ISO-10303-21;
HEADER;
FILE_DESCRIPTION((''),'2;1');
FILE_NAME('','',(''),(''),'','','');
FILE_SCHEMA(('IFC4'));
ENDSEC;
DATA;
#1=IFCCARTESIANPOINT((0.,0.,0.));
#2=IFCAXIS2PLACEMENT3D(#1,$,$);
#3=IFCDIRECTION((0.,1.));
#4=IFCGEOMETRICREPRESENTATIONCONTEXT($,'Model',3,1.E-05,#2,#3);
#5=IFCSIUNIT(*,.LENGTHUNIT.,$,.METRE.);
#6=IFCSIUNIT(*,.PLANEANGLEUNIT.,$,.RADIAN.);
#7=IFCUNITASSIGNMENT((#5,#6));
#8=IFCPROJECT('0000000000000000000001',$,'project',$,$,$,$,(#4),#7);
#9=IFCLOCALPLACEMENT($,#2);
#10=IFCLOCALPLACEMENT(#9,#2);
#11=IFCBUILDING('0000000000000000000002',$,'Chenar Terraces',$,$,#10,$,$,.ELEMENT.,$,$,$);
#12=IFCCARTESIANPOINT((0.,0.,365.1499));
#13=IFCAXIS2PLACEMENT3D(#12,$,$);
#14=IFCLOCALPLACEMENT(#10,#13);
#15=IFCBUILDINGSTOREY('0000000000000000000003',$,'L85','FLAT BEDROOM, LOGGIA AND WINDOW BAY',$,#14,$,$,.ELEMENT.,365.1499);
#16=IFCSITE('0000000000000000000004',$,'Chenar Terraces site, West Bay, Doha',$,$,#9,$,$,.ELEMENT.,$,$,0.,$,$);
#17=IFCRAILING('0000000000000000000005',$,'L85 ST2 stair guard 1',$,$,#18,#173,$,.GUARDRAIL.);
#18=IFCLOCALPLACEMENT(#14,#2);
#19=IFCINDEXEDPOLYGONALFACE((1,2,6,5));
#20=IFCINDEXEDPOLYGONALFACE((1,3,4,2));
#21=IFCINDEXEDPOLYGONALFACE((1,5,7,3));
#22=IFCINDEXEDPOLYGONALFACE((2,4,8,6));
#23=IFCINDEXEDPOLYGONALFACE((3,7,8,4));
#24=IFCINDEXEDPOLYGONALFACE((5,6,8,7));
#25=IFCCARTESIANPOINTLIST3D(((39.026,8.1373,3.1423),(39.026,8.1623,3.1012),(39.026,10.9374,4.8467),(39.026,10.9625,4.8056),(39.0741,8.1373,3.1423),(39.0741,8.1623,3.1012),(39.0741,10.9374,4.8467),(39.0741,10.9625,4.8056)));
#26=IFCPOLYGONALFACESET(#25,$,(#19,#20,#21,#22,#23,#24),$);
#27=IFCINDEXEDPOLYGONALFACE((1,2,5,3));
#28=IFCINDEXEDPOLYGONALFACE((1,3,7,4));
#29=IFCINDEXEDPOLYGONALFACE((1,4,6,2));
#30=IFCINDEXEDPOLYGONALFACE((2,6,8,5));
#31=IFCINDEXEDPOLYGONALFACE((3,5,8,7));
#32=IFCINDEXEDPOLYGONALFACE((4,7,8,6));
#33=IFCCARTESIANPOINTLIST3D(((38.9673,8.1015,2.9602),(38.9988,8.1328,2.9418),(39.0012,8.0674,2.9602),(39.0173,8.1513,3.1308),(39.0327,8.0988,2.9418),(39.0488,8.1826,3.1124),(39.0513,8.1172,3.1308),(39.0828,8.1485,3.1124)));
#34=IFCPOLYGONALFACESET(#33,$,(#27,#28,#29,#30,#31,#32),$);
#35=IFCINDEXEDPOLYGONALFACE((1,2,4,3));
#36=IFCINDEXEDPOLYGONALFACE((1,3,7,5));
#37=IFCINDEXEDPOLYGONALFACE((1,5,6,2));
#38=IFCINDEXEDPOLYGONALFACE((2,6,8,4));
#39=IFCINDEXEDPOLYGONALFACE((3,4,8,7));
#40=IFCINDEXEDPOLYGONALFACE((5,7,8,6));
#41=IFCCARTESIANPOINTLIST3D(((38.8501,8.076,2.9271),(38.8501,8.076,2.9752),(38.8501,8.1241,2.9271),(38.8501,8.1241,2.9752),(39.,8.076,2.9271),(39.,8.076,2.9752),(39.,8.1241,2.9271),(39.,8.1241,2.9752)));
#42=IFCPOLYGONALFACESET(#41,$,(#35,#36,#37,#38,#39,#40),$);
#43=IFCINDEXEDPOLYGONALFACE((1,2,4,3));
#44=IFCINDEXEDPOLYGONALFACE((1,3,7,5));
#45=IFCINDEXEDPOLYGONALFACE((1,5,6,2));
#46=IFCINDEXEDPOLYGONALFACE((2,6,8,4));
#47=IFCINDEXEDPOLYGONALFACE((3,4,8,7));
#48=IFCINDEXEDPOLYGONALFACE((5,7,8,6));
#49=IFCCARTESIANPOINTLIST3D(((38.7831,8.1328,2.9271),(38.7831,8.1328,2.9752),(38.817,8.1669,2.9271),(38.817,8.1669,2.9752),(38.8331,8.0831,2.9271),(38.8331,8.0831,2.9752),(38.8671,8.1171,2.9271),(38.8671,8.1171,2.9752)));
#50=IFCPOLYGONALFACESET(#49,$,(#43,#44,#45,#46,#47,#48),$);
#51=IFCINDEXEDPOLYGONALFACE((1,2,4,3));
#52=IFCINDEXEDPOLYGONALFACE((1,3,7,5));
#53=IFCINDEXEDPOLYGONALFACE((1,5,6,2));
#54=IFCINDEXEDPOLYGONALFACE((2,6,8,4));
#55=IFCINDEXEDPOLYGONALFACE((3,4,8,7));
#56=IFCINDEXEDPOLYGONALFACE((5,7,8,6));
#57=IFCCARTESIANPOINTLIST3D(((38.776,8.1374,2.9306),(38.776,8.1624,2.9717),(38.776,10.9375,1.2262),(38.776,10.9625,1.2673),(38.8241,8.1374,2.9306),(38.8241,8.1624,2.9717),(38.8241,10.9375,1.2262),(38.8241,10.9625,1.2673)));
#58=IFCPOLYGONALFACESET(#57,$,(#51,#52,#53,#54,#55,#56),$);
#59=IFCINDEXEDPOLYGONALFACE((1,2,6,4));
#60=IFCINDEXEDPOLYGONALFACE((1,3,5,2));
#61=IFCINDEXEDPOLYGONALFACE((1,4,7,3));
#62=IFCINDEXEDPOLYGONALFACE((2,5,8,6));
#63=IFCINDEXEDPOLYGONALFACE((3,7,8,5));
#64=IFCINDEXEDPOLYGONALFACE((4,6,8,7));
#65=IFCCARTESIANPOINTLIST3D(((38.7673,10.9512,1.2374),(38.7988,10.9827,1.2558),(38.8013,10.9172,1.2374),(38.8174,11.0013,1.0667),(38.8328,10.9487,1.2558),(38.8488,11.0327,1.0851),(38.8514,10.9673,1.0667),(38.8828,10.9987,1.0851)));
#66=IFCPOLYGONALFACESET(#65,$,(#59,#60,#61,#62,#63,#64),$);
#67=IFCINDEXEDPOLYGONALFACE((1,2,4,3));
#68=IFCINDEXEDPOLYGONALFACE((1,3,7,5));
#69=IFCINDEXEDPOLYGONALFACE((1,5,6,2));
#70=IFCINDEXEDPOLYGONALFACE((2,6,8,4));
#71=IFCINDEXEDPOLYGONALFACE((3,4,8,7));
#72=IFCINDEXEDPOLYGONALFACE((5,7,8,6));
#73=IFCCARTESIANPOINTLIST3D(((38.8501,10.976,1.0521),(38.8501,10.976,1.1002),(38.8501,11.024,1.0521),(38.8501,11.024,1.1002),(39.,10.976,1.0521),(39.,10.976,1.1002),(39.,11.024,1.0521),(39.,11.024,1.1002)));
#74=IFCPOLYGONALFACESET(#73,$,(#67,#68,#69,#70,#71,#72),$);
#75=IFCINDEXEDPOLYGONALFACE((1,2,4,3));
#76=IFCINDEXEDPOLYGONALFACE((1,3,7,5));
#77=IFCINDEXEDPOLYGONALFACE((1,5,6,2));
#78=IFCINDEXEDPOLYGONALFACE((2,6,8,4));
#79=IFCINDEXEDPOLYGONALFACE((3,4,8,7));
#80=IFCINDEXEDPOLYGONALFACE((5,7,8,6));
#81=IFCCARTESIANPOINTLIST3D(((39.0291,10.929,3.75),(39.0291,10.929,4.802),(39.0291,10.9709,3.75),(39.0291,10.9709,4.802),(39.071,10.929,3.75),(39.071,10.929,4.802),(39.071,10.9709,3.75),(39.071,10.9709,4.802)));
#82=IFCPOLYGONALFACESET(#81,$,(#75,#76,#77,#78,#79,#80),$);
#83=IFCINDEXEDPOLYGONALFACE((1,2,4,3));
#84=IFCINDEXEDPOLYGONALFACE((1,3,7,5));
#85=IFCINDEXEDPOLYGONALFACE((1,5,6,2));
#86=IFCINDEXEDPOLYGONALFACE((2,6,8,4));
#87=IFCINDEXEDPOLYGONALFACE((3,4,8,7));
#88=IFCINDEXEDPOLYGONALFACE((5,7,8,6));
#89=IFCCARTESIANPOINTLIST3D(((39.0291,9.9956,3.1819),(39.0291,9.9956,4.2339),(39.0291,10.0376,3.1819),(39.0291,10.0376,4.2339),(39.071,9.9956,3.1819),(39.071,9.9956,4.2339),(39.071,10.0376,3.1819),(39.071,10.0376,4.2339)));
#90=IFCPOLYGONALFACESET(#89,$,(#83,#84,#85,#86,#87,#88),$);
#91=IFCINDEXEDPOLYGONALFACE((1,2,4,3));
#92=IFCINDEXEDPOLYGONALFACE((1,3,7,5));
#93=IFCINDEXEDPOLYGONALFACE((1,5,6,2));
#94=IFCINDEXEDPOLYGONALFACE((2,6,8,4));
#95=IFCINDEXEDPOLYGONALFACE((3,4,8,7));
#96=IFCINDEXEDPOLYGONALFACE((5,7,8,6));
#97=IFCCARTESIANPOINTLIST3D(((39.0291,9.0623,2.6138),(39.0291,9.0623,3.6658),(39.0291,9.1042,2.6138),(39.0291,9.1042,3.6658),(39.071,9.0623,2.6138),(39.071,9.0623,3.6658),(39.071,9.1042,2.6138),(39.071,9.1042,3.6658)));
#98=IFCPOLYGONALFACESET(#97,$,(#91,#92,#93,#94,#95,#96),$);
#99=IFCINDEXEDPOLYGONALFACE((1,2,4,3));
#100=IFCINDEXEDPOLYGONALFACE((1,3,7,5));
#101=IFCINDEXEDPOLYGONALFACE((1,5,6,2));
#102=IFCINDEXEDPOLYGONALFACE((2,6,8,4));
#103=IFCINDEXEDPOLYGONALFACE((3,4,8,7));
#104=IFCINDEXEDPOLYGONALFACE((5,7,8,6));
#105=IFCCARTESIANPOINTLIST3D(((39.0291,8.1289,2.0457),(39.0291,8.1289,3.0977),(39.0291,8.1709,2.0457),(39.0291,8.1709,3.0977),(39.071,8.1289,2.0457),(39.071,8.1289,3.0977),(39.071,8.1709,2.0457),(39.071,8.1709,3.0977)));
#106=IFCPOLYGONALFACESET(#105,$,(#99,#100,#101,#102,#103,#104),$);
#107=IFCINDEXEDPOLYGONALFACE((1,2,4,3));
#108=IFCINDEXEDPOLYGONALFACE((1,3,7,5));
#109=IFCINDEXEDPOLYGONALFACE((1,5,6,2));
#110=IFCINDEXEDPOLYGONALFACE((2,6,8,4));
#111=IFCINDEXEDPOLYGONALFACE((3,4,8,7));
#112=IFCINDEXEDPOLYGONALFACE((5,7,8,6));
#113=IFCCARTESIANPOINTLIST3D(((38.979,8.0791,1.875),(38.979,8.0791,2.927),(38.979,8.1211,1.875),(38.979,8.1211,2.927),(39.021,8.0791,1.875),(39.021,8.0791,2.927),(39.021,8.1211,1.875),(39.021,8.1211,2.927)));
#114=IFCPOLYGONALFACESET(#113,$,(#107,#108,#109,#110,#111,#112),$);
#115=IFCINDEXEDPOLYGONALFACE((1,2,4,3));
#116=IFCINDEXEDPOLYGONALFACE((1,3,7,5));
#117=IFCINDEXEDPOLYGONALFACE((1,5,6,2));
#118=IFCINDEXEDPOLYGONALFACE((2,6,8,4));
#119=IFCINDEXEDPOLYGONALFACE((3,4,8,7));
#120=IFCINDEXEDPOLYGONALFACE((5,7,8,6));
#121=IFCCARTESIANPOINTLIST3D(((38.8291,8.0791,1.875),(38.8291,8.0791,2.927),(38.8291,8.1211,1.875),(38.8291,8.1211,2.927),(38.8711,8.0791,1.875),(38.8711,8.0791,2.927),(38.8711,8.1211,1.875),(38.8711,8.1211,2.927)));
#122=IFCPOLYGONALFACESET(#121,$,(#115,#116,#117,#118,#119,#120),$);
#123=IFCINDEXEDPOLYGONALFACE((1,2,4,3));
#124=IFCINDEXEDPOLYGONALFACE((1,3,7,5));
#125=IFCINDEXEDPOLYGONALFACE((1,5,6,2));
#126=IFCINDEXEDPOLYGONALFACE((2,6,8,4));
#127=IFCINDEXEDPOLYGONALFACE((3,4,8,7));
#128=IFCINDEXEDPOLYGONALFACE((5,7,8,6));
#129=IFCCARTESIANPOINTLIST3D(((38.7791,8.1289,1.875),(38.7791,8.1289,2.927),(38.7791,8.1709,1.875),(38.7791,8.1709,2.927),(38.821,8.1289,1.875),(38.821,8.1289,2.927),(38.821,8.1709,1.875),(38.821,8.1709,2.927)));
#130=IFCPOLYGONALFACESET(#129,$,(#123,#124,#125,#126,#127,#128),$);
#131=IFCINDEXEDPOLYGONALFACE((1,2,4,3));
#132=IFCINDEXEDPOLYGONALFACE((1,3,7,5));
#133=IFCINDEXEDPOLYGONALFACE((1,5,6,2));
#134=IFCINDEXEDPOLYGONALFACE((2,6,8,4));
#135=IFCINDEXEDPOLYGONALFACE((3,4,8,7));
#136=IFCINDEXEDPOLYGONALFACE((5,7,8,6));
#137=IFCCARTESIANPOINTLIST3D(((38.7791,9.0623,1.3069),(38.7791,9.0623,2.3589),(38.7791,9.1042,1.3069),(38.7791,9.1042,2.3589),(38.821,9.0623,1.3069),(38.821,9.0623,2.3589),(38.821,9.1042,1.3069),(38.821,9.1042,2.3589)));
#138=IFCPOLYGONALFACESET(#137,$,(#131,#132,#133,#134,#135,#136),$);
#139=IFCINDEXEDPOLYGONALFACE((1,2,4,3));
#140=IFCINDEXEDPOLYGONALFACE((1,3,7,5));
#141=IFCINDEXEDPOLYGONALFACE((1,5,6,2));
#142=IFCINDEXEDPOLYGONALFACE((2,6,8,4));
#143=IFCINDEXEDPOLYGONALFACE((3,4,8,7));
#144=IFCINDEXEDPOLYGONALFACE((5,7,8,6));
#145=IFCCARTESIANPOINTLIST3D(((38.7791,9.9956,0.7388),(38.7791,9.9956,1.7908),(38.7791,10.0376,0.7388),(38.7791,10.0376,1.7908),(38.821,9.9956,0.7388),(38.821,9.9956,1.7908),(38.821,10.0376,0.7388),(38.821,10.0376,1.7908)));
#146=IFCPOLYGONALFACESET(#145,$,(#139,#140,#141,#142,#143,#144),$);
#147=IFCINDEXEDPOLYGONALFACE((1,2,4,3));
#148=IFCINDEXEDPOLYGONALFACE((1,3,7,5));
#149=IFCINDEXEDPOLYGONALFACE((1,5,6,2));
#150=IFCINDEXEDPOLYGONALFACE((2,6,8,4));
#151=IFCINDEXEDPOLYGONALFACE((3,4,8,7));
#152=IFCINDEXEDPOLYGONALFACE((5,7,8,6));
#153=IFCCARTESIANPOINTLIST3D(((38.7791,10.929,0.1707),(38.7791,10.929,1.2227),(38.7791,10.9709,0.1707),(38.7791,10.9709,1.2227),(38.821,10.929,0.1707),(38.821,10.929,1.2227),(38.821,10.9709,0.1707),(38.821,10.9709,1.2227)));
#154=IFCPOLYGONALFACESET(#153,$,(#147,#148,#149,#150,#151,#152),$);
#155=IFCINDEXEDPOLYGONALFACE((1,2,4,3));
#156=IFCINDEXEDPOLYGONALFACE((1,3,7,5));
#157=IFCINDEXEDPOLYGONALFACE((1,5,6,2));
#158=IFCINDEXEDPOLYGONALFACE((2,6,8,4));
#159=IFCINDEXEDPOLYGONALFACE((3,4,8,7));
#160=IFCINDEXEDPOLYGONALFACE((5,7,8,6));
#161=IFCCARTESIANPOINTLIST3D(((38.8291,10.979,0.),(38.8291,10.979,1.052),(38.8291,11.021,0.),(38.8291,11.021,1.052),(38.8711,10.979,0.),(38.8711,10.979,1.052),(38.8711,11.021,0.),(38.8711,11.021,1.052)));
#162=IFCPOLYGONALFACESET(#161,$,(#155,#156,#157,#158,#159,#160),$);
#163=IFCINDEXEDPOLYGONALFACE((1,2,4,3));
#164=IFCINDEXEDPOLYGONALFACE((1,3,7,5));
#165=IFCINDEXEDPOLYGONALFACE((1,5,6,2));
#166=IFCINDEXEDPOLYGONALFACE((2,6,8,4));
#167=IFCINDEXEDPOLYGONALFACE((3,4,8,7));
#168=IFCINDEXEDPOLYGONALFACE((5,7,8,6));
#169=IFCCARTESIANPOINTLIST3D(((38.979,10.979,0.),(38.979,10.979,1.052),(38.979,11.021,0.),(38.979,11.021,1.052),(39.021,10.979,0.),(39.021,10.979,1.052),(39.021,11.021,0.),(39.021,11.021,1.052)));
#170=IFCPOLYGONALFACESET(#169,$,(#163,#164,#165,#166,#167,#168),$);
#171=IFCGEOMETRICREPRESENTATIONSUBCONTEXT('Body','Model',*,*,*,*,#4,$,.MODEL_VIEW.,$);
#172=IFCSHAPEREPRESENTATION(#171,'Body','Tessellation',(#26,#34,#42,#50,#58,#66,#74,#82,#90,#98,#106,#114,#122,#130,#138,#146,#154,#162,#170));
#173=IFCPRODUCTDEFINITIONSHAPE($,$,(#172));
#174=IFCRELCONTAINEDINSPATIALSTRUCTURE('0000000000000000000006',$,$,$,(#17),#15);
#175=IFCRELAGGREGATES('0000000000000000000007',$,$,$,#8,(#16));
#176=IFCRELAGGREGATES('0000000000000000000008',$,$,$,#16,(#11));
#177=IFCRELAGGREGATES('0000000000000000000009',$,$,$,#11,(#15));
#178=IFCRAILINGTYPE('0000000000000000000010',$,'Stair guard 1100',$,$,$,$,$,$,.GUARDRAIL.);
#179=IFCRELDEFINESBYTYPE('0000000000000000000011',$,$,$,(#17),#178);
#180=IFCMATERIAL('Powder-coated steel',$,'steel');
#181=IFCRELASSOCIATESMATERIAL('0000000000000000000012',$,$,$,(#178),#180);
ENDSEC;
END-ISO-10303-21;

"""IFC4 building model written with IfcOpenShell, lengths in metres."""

from ifc_helpers import new_model, si_unit, direction, frame, origin, origin_2d, place, context, subcontext, project, spatial, rectangle, extrude, material, type_object, element, save


model = new_model("IFC4")

# Units and contexts
model_context = context("Model", 3, precision=1e-05, world=origin(), true_north=direction((0.0, 1.0)))
body_context = subcontext(model_context, "Body", "Model", "MODEL_VIEW")
ifc_project = project(units=[si_unit("LENGTHUNIT", "METRE"), si_unit("PLANEANGLEUNIT", "RADIAN")], contexts=[model_context])

# Site, building, storey
site_placement = place(None, origin())
site = spatial("IfcSite", under=ifc_project, at=site_placement, Name="Chenar Terraces site, West Bay, Doha", CompositionType="ELEMENT", RefElevation=0.0)
building_placement = place(site_placement, origin())
building = spatial("IfcBuilding", under=site, at=building_placement, Name="Chenar Terraces", CompositionType="ELEMENT")
storey_placement = place(building_placement, frame((0.0, 0.0, 365.1499)))
storey = spatial("IfcBuildingStorey", under=building, at=storey_placement, Name="L85", Description="FLAT BEDROOM, LOGGIA AND WINDOW BAY", CompositionType="ELEMENT", Elevation=365.1499)

# Railing
ifc_material_1 = material(Name="Powder-coated steel", Category="steel")
railing_type_1 = type_object("IfcRailingType", Name="Stair guard 1100", PredefinedType="GUARDRAIL", material=ifc_material_1)
railing_1_placement = place(storey_placement, frame((39.05, 10.95, 3.75)))
element("IfcRailing", 1, at=railing_1_placement, inside=storey, type_object=railing_type_1, Name="L85 ST2 stair guard 1", PredefinedType="GUARDRAIL", context=body_context, shape_type="SweptSolid", body=[
    extrude(rectangle(XDim=0.0481, YDim=0.0481, at=origin_2d()), frame((0.0, 0.0, 1.0762), z_axis=(0.0, -0.854203, -0.51994), x_axis=(1.0, 0.0, 0.0)), (0.0, 0.0, 1.0), 3.2781),
    extrude(rectangle(XDim=0.0481, YDim=0.0481, at=origin_2d()), frame((0.0, -2.8, -0.6284), z_axis=(-0.270997, -0.269675, -0.924033), x_axis=(0.705376, -0.708834, 0.0)), (0.0, 0.0, 1.0), 0.1846),
    extrude(rectangle(XDim=0.0481, YDim=0.0481, at=origin_2d()), frame((-0.05, -2.8499, -0.7988), z_axis=(-1.0, 0.0, 0.0), x_axis=(0.0, -1.0, 0.0)), (0.0, 0.0, 1.0), 0.1499),
    extrude(rectangle(XDim=0.0481, YDim=0.0481, at=origin_2d()), frame((-0.2, -2.8499, -0.7988), z_axis=(-0.708834, 0.705376, 0.0), x_axis=(-0.705376, -0.708834, 0.0)), (0.0, 0.0, 1.0), 0.0706),
    extrude(rectangle(XDim=0.0481, YDim=0.0481, at=origin_2d()), frame((-0.25, -2.8, -0.7988), z_axis=(0.0, 0.854203, -0.51994), x_axis=(-1.0, 0.0, 0.0)), (0.0, 0.0, 1.0), 3.2781),
    extrude(rectangle(XDim=0.0481, YDim=0.0481, at=origin_2d()), frame((-0.25, 0.0, -2.5034), z_axis=(0.2709, 0.2709, -0.923703), x_axis=(-0.707107, 0.707107, 0.0)), (0.0, 0.0, 1.0), 0.1848),
    extrude(rectangle(XDim=0.0481, YDim=0.0481, at=origin_2d()), frame((-0.2, 0.05, -2.6738), z_axis=(1.0, 0.0, 0.0), x_axis=(0.0, 1.0, 0.0)), (0.0, 0.0, 1.0), 0.1499),
    extrude(rectangle(XDim=0.042, YDim=0.042, at=origin_2d()), origin(), (0.0, 0.0, 1.0), 1.052),
    extrude(rectangle(XDim=0.042, YDim=0.042, at=origin_2d()), frame((0.0, -0.9333, -0.5681)), (0.0, 0.0, 1.0), 1.052),
    extrude(rectangle(XDim=0.042, YDim=0.042, at=origin_2d()), frame((0.0, -1.8667, -1.1362)), (0.0, 0.0, 1.0), 1.052),
    extrude(rectangle(XDim=0.042, YDim=0.042, at=origin_2d()), frame((0.0, -2.8, -1.7043)), (0.0, 0.0, 1.0), 1.052),
    extrude(rectangle(XDim=0.042, YDim=0.042, at=origin_2d()), frame((-0.05, -2.8499, -1.875)), (0.0, 0.0, 1.0), 1.052),
    extrude(rectangle(XDim=0.042, YDim=0.042, at=origin_2d()), frame((-0.2, -2.8499, -1.875)), (0.0, 0.0, 1.0), 1.052),
    extrude(rectangle(XDim=0.042, YDim=0.042, at=origin_2d()), frame((-0.25, -2.8, -1.875)), (0.0, 0.0, 1.0), 1.052),
    extrude(rectangle(XDim=0.042, YDim=0.042, at=origin_2d()), frame((-0.25, -1.8667, -2.4431)), (0.0, 0.0, 1.0), 1.052),
    extrude(rectangle(XDim=0.042, YDim=0.042, at=origin_2d()), frame((-0.25, -0.9333, -3.0112)), (0.0, 0.0, 1.0), 1.052),
    extrude(rectangle(XDim=0.042, YDim=0.042, at=origin_2d()), frame((-0.25, 0.0, -3.5793)), (0.0, 0.0, 1.0), 1.052),
    extrude(rectangle(XDim=0.042, YDim=0.042, at=origin_2d()), frame((-0.2, 0.05, -3.75)), (0.0, 0.0, 1.0), 1.052),
    extrude(rectangle(XDim=0.042, YDim=0.042, at=origin_2d()), frame((-0.05, 0.05, -3.75)), (0.0, 0.0, 1.0), 1.052),
])

save(model, "model.ifc")
